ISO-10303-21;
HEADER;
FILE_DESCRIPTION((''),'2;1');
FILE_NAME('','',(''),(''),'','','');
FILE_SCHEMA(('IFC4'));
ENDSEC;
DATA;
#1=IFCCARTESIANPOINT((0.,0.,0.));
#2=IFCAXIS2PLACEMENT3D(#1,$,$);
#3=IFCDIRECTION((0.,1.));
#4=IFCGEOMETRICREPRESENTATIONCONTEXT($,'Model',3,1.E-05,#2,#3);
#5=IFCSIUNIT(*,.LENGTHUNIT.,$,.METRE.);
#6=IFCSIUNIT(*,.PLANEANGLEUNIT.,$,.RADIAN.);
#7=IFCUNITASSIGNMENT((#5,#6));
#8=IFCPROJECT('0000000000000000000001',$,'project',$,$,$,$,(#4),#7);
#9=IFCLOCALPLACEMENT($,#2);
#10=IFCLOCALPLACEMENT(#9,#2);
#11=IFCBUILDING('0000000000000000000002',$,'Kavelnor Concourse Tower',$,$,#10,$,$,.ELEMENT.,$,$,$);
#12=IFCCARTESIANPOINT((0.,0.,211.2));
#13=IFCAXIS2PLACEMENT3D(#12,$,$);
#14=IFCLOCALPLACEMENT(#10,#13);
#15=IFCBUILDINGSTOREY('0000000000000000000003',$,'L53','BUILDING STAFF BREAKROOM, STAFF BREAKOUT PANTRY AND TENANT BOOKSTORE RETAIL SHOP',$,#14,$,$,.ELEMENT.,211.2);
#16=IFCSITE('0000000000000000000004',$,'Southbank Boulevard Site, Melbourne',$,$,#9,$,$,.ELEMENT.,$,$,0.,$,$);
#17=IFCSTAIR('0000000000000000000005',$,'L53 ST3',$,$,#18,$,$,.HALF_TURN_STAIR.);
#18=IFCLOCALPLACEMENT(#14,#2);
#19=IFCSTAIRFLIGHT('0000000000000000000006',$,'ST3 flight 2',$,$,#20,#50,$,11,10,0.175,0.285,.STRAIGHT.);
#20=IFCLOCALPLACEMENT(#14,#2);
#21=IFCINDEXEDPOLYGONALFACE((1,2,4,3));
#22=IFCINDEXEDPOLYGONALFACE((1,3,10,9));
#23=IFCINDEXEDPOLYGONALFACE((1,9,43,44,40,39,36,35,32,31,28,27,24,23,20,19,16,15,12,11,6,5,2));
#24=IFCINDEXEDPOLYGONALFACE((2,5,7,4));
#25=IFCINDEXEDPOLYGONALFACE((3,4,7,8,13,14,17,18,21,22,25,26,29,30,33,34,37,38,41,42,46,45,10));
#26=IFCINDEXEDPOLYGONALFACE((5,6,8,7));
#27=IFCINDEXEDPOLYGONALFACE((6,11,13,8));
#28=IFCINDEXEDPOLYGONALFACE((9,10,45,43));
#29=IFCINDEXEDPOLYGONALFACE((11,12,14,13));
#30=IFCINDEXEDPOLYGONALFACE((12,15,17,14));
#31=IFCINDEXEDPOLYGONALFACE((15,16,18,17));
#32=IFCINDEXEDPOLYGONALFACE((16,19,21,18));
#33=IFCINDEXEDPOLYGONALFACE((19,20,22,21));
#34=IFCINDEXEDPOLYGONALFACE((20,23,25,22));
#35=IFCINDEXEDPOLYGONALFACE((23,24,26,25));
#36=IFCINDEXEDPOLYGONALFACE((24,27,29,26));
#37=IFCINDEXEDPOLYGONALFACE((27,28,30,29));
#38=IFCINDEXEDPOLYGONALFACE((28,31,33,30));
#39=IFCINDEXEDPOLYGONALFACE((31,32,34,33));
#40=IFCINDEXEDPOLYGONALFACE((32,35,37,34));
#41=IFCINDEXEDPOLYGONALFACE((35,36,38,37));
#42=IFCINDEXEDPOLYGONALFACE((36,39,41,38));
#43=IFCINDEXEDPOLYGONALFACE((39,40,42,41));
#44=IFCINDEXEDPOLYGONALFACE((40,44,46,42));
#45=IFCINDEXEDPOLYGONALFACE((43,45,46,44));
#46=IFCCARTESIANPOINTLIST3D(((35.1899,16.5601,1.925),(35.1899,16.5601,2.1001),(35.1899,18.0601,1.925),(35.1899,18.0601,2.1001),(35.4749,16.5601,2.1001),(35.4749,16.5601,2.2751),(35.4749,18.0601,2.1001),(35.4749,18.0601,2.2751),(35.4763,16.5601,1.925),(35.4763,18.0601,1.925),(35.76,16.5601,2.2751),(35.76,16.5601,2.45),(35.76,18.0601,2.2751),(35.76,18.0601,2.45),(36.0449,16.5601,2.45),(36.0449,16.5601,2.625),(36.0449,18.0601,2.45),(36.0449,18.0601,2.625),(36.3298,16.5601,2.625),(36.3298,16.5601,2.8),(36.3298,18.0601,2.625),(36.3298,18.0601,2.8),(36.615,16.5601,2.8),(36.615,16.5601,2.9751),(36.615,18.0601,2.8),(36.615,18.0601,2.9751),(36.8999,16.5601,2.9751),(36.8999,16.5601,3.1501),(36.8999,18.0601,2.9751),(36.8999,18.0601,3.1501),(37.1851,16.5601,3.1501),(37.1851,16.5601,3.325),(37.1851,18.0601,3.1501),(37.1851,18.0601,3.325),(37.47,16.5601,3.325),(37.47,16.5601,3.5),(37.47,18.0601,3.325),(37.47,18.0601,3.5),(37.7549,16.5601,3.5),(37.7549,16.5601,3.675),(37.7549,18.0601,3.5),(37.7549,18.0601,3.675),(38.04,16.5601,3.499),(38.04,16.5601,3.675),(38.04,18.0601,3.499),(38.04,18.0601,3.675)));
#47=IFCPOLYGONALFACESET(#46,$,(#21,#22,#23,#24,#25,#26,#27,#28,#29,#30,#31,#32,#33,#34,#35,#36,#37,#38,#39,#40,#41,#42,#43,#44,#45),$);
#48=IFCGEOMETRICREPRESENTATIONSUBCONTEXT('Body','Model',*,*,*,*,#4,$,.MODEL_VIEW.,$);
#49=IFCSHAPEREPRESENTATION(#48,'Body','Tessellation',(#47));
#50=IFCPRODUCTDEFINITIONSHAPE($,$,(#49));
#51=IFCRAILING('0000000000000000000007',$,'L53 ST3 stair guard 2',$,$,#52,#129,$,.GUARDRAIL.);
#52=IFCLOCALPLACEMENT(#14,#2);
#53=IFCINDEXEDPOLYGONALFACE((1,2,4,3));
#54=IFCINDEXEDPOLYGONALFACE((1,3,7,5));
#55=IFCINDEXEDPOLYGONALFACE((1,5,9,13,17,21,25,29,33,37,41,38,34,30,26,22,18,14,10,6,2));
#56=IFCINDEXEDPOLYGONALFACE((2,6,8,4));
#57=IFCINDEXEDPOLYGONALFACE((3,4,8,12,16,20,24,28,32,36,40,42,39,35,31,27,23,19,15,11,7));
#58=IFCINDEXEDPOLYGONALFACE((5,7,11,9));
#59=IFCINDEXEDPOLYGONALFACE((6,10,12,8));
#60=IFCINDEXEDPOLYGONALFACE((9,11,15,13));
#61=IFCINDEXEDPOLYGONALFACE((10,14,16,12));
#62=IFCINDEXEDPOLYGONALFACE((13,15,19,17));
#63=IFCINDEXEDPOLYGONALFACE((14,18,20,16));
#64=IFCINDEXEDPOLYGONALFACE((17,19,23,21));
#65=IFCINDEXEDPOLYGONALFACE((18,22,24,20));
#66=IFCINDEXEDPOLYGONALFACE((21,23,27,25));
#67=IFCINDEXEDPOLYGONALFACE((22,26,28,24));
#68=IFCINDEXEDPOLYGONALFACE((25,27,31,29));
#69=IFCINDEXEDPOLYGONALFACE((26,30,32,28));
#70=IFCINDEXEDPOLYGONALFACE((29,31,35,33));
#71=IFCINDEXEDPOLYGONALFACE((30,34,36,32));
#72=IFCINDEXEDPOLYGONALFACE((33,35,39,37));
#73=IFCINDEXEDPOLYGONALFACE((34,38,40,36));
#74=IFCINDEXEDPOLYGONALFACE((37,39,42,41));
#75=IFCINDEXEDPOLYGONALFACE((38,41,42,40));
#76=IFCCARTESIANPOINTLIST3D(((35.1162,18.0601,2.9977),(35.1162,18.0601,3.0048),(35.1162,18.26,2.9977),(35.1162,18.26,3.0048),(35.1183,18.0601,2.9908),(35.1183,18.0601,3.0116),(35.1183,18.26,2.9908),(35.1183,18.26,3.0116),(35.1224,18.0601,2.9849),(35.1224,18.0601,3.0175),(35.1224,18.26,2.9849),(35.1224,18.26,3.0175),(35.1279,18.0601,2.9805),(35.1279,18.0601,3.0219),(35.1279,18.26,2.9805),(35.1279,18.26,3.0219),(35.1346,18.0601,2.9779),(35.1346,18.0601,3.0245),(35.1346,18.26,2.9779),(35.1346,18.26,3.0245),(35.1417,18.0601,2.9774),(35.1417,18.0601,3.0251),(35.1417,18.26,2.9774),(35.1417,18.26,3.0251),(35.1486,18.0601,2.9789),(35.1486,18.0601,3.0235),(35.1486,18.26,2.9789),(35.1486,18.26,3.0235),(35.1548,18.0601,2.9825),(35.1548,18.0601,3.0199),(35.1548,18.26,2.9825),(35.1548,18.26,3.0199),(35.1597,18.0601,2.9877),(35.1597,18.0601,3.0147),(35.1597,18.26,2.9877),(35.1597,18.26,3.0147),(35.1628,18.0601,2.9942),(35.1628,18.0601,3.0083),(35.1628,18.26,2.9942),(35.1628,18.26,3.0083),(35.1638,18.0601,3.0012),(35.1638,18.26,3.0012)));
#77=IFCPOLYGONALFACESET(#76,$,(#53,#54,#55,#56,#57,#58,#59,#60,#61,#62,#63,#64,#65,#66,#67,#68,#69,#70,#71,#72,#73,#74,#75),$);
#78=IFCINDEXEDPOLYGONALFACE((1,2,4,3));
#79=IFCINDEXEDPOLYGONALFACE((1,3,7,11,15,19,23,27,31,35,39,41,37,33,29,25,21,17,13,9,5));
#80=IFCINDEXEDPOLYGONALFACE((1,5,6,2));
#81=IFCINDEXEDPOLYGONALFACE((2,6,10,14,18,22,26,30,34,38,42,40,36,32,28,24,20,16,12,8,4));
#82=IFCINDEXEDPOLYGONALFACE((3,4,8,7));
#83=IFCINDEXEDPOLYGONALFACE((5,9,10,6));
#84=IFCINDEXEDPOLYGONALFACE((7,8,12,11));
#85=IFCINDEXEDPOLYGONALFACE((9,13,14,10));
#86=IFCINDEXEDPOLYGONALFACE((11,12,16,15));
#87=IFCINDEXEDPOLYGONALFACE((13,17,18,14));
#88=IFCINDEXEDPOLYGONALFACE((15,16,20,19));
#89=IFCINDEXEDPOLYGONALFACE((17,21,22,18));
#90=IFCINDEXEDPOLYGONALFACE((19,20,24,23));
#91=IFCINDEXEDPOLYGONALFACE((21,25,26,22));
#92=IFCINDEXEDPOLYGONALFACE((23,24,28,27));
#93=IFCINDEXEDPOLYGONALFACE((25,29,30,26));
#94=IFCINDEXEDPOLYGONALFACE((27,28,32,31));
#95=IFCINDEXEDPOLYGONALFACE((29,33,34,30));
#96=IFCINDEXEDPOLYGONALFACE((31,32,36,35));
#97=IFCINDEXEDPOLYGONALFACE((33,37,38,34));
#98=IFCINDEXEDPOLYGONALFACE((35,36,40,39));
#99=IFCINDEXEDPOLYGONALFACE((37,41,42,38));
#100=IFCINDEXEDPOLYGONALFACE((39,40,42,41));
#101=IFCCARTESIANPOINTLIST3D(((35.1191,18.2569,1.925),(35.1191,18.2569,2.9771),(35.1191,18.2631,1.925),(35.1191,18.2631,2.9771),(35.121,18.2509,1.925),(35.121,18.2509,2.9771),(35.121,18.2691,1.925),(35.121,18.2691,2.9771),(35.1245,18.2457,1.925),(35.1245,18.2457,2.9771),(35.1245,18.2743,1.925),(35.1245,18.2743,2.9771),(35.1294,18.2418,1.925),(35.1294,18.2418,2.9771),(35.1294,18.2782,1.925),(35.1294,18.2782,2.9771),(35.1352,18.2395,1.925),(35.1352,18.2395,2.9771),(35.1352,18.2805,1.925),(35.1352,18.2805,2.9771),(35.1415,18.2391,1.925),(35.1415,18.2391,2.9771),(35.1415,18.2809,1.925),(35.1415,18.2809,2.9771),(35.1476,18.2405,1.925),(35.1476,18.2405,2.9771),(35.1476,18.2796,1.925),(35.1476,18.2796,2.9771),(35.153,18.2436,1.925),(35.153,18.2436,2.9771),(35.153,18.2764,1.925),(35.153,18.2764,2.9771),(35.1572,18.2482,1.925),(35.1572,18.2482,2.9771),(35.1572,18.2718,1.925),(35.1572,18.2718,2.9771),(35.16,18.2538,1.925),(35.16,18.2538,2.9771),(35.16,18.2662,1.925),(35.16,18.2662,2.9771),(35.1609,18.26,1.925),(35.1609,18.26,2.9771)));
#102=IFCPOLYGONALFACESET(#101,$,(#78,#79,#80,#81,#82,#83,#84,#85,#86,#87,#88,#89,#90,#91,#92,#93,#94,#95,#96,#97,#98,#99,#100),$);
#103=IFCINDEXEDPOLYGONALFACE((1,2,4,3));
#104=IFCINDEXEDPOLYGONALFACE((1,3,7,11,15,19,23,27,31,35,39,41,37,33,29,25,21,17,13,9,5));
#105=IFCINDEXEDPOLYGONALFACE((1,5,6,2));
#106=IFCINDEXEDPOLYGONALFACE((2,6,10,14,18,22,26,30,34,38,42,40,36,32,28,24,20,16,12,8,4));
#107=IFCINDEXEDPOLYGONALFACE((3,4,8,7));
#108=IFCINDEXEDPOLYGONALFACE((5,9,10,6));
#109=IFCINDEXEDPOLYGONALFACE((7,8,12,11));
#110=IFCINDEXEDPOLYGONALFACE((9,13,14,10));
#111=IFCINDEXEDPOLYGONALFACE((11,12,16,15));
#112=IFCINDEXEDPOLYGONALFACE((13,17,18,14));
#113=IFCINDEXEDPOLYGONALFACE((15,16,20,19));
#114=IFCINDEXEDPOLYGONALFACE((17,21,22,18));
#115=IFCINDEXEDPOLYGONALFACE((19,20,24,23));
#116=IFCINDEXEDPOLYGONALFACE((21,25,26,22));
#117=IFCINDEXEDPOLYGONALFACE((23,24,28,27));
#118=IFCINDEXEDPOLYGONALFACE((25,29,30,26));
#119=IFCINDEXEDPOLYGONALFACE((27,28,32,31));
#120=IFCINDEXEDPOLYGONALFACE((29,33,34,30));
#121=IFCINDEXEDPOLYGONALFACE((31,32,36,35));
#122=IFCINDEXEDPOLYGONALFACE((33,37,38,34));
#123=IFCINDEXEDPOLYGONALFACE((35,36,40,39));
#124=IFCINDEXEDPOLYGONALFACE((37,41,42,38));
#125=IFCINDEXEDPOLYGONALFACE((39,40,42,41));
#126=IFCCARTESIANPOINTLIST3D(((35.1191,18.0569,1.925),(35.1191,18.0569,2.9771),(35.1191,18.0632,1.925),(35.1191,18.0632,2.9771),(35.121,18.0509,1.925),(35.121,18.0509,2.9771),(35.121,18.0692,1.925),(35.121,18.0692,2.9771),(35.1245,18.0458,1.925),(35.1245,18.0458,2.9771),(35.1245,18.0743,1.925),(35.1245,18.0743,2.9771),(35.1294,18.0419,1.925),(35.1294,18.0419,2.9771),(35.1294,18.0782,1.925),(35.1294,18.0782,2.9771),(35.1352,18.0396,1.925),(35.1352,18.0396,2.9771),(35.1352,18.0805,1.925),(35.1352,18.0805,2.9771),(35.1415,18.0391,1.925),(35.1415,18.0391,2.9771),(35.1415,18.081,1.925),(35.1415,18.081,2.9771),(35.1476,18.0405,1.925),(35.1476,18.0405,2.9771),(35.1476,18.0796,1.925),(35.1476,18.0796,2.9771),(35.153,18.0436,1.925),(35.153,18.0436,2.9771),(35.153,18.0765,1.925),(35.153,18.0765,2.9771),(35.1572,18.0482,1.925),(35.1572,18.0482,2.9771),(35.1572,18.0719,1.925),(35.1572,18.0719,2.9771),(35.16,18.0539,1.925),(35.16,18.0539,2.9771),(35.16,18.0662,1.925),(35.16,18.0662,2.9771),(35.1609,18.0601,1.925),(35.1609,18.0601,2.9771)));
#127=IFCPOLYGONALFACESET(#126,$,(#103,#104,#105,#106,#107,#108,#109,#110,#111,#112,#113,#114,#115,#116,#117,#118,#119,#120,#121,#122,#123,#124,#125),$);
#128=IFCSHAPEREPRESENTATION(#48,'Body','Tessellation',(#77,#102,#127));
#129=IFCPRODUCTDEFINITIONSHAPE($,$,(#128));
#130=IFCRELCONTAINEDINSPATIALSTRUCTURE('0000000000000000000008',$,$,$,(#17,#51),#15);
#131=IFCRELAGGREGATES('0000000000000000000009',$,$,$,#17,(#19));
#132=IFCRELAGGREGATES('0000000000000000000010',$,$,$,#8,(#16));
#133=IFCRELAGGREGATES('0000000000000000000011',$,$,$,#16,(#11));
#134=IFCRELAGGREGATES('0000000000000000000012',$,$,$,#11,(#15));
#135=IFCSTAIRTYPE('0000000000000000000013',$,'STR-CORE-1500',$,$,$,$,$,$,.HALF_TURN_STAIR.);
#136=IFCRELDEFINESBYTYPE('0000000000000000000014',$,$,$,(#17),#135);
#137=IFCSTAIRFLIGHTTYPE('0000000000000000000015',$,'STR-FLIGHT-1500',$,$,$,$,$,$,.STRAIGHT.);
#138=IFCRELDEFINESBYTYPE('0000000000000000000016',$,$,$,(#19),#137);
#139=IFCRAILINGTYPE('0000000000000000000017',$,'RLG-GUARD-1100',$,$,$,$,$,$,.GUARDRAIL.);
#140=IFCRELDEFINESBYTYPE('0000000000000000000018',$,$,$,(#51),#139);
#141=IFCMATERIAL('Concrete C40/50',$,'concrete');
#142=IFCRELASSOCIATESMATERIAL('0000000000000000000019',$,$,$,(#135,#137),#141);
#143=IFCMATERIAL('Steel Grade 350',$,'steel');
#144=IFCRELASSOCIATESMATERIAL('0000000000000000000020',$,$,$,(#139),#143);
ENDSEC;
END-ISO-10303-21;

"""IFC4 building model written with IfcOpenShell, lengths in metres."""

from ifc_helpers import new_model, si_unit, direction, frame, origin, origin_2d, place, context, subcontext, project, spatial, polyline, circle, outline, extrude, material, type_object, element, aggregate, save


model = new_model("IFC4")

# Units and contexts
model_context = context("Model", 3, precision=1e-05, world=origin(), true_north=direction((0.0, 1.0)))
body_context = subcontext(model_context, "Body", "Model", "MODEL_VIEW")
ifc_project = project(units=[si_unit("LENGTHUNIT", "METRE"), si_unit("PLANEANGLEUNIT", "RADIAN")], contexts=[model_context])

# Site, building, storey
site_placement = place(None, origin())
site = spatial("IfcSite", under=ifc_project, at=site_placement, Name="Southbank Boulevard Site, Melbourne", CompositionType="ELEMENT", RefElevation=0.0)
building_placement = place(site_placement, origin())
building = spatial("IfcBuilding", under=site, at=building_placement, Name="Kavelnor Concourse Tower", CompositionType="ELEMENT")
storey_placement = place(building_placement, frame((0.0, 0.0, 211.2)))
storey = spatial("IfcBuildingStorey", under=building, at=storey_placement, Name="L53", Description="BUILDING STAFF BREAKROOM, STAFF BREAKOUT PANTRY AND TENANT BOOKSTORE RETAIL SHOP", CompositionType="ELEMENT", Elevation=211.2)

# Shared definitions
ifc_material_1 = material(Name="Steel Grade 350", Category="steel")

# Stair, stair flight
ifc_material_2 = material(Name="Concrete C40/50", Category="concrete")
stair_type = type_object("IfcStairType", Name="STR-CORE-1500", PredefinedType="HALF_TURN_STAIR", material=ifc_material_2)
stair_placement = place(storey_placement, origin())
stair = element("IfcStair", 1, at=stair_placement, inside=storey, type_object=stair_type, Name="L53 ST3", PredefinedType="HALF_TURN_STAIR")
stair_flight_type = type_object("IfcStairFlightType", Name="STR-FLIGHT-1500", PredefinedType="STRAIGHT", material=ifc_material_2)
stair_flight_placement = place(storey_placement, frame((35.1899, 17.3101, 1.925), z_axis=(0.0, 0.0, 1.0), x_axis=(1.0, 0.0, 0.0)))
stair_flight = element("IfcStairFlight", 2, at=stair_flight_placement, type_object=stair_flight_type, Name="ST3 flight 2", NumberOfRisers=11, NumberOfTreads=10, PredefinedType="STRAIGHT", RiserHeight=0.175, TreadLength=0.285, context=body_context, shape_type="SweptSolid", body=[
    extrude(outline(polyline([(0.0, 0.0), (0.0, 0.175), (0.2849, 0.175), (0.2849, 0.3501), (0.5701, 0.3501), (0.5701, 0.5249), (0.855, 0.5249), (0.855, 0.7), (1.1399, 0.7), (1.1399, 0.875), (1.425, 0.875), (1.425, 1.05), (1.71, 1.05), (1.71, 1.2251), (1.9951, 1.2251), (1.9951, 1.3999), (2.28, 1.3999), (2.28, 1.575), (2.5649, 1.575), (2.5649, 1.75), (2.8501, 1.75), (2.8501, 1.925), (2.8501, 1.574), (0.2864, 0.0), (0.0, 0.0)])), frame((0.0, 0.75, 0.0), z_axis=(0.0, -1.0, 0.0), x_axis=(1.0, 0.0, 0.0)), (0.0, 0.0, 1.0), 1.5),
])
aggregate(stair, [stair_flight])

# Railing
railing_type_1 = type_object("IfcRailingType", Name="RLG-GUARD-1100", PredefinedType="GUARDRAIL", material=ifc_material_1)
railing_1_placement = place(storey_placement, frame((35.1399, 18.26, 1.925)))
element("IfcRailing", 3, at=railing_1_placement, inside=storey, type_object=railing_type_1, Name="L53 ST3 stair guard 2", PredefinedType="GUARDRAIL", context=body_context, shape_type="SweptSolid", body=[
    extrude(circle(Radius=0.0239, at=origin_2d()), frame((0.0, 0.0, 1.0762), z_axis=(0.0, -1.0, 0.0), x_axis=(1.0, 0.0, 0.0)), (0.0, 0.0, 1.0), 0.2),
    extrude(circle(Radius=0.021, at=origin_2d()), origin(), (0.0, 0.0, 1.0), 1.052),
    extrude(circle(Radius=0.021, at=origin_2d()), frame((0.0, -0.2, 0.0)), (0.0, 0.0, 1.0), 1.052),
])

save(model, "model.ifc")
